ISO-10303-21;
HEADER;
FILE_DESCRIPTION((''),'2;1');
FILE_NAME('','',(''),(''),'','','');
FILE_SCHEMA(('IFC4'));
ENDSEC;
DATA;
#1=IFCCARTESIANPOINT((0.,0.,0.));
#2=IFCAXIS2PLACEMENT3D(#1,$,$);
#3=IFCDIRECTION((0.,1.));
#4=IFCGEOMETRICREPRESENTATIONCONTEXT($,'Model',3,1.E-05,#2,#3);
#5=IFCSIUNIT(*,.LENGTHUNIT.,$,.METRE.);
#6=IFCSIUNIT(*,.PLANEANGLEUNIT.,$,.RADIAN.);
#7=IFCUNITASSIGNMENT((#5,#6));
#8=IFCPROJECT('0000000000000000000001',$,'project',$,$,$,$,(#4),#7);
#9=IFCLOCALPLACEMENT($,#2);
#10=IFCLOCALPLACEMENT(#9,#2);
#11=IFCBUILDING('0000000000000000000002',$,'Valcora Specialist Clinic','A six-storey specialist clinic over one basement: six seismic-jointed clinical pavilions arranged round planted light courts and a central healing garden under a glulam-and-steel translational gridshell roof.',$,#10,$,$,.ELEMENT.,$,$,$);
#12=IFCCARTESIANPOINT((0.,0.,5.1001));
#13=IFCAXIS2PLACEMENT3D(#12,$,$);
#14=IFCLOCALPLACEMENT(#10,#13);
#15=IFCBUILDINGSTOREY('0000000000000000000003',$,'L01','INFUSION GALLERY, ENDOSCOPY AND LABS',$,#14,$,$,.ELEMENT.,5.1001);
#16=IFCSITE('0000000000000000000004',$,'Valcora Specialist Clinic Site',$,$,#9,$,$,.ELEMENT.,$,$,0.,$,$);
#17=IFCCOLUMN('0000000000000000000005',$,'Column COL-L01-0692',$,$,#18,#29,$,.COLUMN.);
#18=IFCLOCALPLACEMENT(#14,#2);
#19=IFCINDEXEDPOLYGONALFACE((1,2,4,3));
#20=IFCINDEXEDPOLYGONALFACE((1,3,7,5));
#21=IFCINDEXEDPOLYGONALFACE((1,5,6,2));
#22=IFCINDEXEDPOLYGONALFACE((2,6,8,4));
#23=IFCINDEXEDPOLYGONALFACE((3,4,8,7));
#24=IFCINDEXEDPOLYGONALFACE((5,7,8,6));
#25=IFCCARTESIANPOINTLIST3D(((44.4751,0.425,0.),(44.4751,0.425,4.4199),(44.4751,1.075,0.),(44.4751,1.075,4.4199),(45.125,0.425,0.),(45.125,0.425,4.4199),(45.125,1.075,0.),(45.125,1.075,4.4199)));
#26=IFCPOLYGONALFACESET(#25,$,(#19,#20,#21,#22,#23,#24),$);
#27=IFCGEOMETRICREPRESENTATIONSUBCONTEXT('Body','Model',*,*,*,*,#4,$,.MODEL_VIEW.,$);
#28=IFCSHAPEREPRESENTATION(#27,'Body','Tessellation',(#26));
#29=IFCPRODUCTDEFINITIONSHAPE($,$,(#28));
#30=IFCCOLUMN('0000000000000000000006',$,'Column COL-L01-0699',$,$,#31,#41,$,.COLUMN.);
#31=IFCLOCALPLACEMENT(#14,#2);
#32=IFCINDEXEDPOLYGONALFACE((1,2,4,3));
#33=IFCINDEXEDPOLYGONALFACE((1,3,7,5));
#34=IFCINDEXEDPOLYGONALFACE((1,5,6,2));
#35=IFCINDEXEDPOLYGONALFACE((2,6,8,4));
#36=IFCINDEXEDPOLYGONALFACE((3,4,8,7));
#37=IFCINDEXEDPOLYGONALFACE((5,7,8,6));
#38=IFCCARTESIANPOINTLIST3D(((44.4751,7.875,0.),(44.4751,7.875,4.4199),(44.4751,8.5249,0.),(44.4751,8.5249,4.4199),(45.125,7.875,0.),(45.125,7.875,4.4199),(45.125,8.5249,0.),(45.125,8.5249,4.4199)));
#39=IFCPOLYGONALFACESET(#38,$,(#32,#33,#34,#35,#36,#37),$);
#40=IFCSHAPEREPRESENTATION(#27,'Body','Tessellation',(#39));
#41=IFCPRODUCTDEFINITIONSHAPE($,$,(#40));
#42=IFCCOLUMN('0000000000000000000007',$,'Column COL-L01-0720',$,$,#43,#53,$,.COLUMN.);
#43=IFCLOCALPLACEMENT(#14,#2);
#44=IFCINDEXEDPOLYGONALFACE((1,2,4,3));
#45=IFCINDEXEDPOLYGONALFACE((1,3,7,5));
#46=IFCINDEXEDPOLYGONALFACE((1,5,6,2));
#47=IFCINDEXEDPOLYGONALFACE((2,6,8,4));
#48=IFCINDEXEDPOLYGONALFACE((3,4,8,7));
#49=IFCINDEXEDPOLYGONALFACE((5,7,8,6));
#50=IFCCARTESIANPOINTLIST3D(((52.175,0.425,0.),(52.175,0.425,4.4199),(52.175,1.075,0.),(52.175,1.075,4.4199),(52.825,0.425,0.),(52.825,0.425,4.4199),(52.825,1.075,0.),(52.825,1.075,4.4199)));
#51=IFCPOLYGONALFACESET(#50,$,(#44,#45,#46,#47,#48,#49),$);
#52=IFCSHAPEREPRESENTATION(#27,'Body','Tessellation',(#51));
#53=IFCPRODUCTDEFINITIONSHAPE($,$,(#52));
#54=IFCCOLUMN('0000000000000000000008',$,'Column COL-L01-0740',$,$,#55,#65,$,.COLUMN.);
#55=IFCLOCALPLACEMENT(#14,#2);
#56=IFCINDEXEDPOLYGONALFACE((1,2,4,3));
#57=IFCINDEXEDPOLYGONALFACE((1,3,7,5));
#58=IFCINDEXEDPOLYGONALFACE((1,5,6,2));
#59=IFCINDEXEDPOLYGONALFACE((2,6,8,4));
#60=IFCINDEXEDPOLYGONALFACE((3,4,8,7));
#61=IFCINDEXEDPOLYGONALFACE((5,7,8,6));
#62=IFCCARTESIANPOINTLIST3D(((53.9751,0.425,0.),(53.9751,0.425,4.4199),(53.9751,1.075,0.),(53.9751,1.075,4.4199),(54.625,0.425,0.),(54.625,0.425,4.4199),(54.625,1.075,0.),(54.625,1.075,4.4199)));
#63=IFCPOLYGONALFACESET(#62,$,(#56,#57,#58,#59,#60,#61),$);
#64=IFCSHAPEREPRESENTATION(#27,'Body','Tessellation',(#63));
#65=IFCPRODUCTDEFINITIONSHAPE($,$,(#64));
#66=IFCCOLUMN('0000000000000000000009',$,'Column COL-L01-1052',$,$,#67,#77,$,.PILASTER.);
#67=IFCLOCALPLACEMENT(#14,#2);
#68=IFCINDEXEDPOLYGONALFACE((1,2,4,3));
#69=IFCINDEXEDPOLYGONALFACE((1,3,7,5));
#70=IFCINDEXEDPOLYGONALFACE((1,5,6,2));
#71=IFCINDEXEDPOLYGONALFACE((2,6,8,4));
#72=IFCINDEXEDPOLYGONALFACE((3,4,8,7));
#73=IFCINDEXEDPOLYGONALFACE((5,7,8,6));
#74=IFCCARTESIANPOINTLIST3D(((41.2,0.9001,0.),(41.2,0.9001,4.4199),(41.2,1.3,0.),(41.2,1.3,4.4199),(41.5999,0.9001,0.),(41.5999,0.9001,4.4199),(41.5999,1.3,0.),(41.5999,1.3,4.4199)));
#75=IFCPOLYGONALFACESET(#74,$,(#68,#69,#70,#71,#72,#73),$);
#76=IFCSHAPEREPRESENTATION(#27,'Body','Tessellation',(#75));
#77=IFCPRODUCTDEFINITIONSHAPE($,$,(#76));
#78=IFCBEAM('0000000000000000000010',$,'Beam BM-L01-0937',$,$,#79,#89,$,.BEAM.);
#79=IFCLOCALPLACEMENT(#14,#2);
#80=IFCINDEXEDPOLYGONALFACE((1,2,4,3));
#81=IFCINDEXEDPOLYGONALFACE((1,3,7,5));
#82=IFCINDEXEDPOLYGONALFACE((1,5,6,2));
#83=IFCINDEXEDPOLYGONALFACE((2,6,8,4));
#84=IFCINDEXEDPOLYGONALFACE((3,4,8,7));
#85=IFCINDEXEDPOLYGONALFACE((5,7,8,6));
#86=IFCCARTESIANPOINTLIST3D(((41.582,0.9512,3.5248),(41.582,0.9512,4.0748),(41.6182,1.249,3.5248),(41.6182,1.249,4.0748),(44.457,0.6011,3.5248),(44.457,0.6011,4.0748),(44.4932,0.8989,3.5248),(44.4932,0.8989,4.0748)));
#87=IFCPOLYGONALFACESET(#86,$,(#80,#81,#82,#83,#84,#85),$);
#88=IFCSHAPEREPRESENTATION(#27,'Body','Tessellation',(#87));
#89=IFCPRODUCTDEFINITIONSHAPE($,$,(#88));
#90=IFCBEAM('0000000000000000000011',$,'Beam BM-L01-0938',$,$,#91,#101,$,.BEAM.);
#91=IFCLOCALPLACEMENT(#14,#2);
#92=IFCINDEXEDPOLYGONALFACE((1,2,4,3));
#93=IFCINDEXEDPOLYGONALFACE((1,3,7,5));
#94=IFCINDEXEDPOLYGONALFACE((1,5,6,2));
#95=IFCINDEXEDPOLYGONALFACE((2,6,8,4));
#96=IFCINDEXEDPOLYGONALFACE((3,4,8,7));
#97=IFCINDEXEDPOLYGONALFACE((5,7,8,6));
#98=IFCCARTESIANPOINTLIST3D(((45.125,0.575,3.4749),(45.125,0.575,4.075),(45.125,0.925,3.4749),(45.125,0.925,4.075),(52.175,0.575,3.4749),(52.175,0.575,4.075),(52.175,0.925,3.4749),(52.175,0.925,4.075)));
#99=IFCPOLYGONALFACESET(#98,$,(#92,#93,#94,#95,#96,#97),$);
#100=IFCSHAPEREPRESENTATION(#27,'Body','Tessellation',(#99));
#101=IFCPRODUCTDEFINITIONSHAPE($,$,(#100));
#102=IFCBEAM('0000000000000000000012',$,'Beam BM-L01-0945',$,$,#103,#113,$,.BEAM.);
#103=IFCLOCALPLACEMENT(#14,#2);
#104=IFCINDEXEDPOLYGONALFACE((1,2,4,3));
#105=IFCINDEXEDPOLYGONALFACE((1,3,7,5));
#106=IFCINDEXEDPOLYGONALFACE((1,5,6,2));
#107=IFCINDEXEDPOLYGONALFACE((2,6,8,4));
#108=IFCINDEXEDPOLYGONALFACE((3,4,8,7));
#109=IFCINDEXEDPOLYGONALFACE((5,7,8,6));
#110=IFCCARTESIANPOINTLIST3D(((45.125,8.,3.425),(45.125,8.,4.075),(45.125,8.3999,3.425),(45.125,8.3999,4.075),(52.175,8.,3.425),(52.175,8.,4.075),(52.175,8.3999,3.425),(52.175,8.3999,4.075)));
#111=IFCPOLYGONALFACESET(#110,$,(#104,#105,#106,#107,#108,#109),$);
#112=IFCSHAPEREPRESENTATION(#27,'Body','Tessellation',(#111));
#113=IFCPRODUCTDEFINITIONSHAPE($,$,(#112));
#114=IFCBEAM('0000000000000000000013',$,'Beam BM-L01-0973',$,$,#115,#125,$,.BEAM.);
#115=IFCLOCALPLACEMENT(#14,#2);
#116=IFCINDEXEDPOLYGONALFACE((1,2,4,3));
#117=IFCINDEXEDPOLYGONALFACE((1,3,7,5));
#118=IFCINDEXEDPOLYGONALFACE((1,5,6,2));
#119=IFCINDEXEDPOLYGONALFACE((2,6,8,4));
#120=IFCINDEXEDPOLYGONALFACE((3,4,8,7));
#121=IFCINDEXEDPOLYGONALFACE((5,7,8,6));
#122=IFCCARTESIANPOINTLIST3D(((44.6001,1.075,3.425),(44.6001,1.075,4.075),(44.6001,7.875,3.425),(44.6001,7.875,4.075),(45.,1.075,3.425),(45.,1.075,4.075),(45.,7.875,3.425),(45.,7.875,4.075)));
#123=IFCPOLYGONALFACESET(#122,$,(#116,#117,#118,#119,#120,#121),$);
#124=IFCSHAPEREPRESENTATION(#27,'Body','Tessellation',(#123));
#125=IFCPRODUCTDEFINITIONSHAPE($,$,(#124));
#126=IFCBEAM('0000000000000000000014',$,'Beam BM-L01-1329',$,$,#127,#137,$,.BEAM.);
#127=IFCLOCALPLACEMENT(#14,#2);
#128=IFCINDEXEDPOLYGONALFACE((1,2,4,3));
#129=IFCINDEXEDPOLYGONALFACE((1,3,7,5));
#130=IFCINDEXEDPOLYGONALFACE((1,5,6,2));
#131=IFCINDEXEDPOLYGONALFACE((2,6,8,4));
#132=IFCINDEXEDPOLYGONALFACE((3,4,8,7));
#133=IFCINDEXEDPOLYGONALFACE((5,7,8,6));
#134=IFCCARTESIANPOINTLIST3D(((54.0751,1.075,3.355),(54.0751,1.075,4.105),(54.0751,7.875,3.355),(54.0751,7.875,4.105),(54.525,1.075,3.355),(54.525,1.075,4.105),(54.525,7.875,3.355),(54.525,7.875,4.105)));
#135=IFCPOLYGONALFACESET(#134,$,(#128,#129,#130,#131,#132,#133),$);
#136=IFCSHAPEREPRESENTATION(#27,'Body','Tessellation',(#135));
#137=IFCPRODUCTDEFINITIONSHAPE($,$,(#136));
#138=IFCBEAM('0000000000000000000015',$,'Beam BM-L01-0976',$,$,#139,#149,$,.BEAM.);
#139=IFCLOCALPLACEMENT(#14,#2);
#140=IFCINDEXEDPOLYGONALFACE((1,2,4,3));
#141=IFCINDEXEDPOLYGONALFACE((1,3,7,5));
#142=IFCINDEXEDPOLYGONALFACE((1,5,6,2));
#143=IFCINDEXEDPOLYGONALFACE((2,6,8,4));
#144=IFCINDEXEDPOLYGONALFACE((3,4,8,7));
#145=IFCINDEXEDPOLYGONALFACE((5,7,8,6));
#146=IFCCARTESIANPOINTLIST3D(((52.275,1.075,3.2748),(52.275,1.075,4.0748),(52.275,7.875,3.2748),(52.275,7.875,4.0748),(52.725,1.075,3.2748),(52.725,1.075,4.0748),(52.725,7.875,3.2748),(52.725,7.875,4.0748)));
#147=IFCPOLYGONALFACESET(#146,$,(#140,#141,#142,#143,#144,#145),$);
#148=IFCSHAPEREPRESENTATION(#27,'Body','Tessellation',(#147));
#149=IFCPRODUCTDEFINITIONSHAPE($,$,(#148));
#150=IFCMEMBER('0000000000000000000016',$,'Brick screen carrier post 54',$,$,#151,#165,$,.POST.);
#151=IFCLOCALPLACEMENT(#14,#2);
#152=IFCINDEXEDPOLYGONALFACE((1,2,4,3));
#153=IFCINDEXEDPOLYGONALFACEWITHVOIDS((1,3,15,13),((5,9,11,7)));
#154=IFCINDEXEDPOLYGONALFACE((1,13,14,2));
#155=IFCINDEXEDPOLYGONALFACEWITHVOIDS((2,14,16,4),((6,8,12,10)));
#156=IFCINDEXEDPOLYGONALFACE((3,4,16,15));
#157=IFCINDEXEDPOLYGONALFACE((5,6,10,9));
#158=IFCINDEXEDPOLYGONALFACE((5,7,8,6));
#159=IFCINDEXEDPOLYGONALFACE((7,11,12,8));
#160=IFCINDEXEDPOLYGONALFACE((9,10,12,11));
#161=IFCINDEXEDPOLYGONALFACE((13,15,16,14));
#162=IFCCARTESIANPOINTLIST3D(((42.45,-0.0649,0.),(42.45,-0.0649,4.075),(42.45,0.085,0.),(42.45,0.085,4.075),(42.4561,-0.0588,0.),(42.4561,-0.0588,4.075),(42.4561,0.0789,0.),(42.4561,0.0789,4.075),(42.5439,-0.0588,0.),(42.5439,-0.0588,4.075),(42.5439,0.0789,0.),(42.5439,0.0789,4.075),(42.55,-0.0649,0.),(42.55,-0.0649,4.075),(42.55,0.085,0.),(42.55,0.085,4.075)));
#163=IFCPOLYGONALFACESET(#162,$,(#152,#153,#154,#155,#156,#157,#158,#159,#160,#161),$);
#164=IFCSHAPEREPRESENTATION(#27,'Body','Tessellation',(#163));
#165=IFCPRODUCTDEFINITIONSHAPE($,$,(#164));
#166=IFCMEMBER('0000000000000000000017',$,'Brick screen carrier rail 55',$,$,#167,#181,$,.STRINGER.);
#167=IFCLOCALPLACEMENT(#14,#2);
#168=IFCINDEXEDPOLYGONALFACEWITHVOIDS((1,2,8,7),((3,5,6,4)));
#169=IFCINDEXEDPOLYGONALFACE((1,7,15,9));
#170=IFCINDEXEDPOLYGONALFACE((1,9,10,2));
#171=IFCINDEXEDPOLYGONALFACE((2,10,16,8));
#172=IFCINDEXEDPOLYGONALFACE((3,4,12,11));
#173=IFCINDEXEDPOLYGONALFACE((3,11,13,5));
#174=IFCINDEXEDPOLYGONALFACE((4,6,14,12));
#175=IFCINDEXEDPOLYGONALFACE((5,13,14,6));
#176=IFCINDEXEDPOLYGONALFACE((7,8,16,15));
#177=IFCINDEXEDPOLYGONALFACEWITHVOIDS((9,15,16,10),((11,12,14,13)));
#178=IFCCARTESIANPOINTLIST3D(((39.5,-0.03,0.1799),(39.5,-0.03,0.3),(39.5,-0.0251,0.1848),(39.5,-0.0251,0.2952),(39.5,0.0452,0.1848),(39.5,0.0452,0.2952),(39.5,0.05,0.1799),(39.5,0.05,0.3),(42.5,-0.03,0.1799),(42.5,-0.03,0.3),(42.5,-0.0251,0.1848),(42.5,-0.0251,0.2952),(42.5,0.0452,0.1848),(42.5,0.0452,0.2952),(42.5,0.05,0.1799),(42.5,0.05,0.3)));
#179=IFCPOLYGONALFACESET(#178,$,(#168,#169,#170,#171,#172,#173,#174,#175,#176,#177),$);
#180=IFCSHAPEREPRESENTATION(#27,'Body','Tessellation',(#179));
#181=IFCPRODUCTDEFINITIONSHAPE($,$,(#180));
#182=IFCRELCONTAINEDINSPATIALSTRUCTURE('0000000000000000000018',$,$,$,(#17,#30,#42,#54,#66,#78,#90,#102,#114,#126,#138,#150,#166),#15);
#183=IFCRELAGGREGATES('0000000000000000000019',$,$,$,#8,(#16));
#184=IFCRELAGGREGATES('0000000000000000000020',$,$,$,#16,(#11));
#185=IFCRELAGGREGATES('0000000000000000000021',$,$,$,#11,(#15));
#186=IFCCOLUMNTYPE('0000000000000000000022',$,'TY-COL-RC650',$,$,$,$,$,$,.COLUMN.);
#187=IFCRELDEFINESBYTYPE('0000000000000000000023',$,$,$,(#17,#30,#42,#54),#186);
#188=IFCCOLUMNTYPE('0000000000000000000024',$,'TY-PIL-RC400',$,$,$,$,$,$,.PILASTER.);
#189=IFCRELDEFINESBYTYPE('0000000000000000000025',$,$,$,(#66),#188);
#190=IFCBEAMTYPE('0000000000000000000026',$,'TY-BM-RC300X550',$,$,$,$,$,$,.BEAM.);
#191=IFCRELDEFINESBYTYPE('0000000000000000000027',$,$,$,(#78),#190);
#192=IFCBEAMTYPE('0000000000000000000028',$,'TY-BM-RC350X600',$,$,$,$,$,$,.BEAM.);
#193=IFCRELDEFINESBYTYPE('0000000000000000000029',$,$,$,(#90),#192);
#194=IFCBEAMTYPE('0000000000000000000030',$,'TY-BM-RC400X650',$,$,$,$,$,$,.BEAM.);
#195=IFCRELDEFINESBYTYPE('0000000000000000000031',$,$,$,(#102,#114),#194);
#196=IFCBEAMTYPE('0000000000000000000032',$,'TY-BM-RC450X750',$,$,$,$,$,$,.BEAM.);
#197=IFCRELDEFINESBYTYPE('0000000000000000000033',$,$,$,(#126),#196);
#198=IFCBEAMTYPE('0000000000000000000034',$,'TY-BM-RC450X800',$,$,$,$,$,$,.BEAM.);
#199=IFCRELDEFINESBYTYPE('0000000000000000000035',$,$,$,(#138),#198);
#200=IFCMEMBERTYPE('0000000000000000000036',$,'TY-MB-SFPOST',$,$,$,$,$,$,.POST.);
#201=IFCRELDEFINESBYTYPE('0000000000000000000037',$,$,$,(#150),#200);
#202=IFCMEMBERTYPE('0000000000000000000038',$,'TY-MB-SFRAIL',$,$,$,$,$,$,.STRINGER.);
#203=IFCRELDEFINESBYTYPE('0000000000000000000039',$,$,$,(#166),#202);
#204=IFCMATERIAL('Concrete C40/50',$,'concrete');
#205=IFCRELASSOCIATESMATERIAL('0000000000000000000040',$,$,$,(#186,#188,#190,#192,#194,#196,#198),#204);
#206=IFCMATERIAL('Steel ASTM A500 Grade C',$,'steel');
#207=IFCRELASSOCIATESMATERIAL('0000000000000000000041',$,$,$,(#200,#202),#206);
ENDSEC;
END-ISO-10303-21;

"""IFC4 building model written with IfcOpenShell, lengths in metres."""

from ifc_helpers import new_model, si_unit, direction, frame, origin, origin_2d, place, context, subcontext, project, spatial, rectangle, hollow_rectangle, extrude, material, material_profile, profile_set, type_object, element, save


model = new_model("IFC4")

# Units and contexts
model_context = context("Model", 3, precision=1e-05, world=origin(), true_north=direction((0.0, 1.0)))
body_context = subcontext(model_context, "Body", "Model", "MODEL_VIEW")
ifc_project = project(units=[si_unit("LENGTHUNIT", "METRE"), si_unit("PLANEANGLEUNIT", "RADIAN")], contexts=[model_context])

# Site, building, storey
site_placement = place(None, origin())
site = spatial("IfcSite", under=ifc_project, at=site_placement, Name="Valcora Specialist Clinic Site", CompositionType="ELEMENT", RefElevation=0.0)
building_placement = place(site_placement, origin())
building = spatial("IfcBuilding", under=site, at=building_placement, Name="Valcora Specialist Clinic", Description="A six-storey specialist clinic over one basement: six seismic-jointed clinical pavilions arranged round planted light courts and a central healing garden under a glulam-and-steel translational gridshell roof.", CompositionType="ELEMENT")
storey_placement = place(building_placement, frame((0.0, 0.0, 5.1001)))
storey = spatial("IfcBuildingStorey", under=building, at=storey_placement, Name="L01", Description="INFUSION GALLERY, ENDOSCOPY AND LABS", CompositionType="ELEMENT", Elevation=5.1001)

# Columns
ifc_material_1 = material(Name="Concrete C40/50", Category="concrete")
ifc_material_profile_1 = material_profile(ifc_material_1, rectangle(XDim=0.6499, YDim=0.6499, at=origin_2d()), Name="RC-COL-650X650")
ifc_profile_set_1 = profile_set([ifc_material_profile_1], Name="Concrete C40/50")
column_type_1 = type_object("IfcColumnType", Name="TY-COL-RC650", PredefinedType="COLUMN", material=ifc_profile_set_1)
for number, where, z_axis, x_axis, name in (
    (1, (44.8, 0.75, 0.0), (0.0, 0.0, 1.0), (1.0, 0.0, 0.0), "Column COL-L01-0692"),
    (2, (44.8, 8.2, 0.0), (0.0, 0.0, 1.0), (1.0, 0.0, 0.0), "Column COL-L01-0699"),
    (3, (52.5, 0.75, 0.0), (0.0, 0.0, 1.0), (1.0, 0.0, 0.0), "Column COL-L01-0720"),
    (4, (54.3, 0.75, 0.0), (0.0, 0.0, 1.0), (1.0, 0.0, 0.0), "Column COL-L01-0740"),
):
    element("IfcColumn", number, at=place(storey_placement, frame(where, z_axis=z_axis, x_axis=x_axis)), inside=storey, type_object=column_type_1, Name=name, PredefinedType="COLUMN", context=body_context, shape_type="SweptSolid", body=[
        extrude(rectangle(XDim=0.6499, YDim=0.6499, at=origin_2d()), origin(), (0.0, 0.0, 1.0), 4.4199),
    ])
ifc_material_profile_2 = material_profile(ifc_material_1, rectangle(XDim=0.3999, YDim=0.3999, at=origin_2d()), Name="RC-COL-400X400")
ifc_profile_set_2 = profile_set([ifc_material_profile_2], Name="Concrete C40/50")
column_type_2 = type_object("IfcColumnType", Name="TY-PIL-RC400", PredefinedType="PILASTER", material=ifc_profile_set_2)
column_placement = place(storey_placement, frame((41.3999, 1.1001, 0.0), z_axis=(0.0, 0.0, 1.0), x_axis=(1.0, 0.0, 0.0)))
element("IfcColumn", 5, at=column_placement, inside=storey, type_object=column_type_2, Name="Column COL-L01-1052", PredefinedType="PILASTER", context=body_context, shape_type="SweptSolid", body=[
    extrude(rectangle(XDim=0.3999, YDim=0.3999, at=origin_2d()), origin(), (0.0, 0.0, 1.0), 4.4199),
])

# Beams
ifc_material_profile_3 = material_profile(ifc_material_1, rectangle(XDim=0.3, YDim=0.55, at=origin_2d()), Name="RC-BM-300X550")
ifc_profile_set_3 = profile_set([ifc_material_profile_3], Name="Concrete C40/50")
beam_type_1 = type_object("IfcBeamType", Name="TY-BM-RC300X550", PredefinedType="BEAM", material=ifc_profile_set_3)
beam_1_placement = place(storey_placement, frame((41.6001, 1.1001, 3.7998), z_axis=(0.992667, -0.12088, 0.0), x_axis=(0.12088, 0.992667, 0.0)))
element("IfcBeam", 6, at=beam_1_placement, inside=storey, type_object=beam_type_1, Name="Beam BM-L01-0937", PredefinedType="BEAM", context=body_context, shape_type="SweptSolid", body=[
    extrude(rectangle(XDim=0.3, YDim=0.55, at=origin_2d()), origin(), (0.0, 0.0, 1.0), 2.8962),
])
ifc_material_profile_4 = material_profile(ifc_material_1, rectangle(XDim=0.3501, YDim=0.6001, at=origin_2d()), Name="RC-BM-350X600")
ifc_profile_set_4 = profile_set([ifc_material_profile_4], Name="Concrete C40/50")
beam_type_2 = type_object("IfcBeamType", Name="TY-BM-RC350X600", PredefinedType="BEAM", material=ifc_profile_set_4)
beam_2_placement = place(storey_placement, frame((45.125, 0.75, 3.7749), z_axis=(1.0, 0.0, 0.0), x_axis=(0.0, 1.0, 0.0)))
element("IfcBeam", 7, at=beam_2_placement, inside=storey, type_object=beam_type_2, Name="Beam BM-L01-0938", PredefinedType="BEAM", context=body_context, shape_type="SweptSolid", body=[
    extrude(rectangle(XDim=0.3501, YDim=0.6001, at=origin_2d()), origin(), (0.0, 0.0, 1.0), 7.05),
])
ifc_material_profile_5 = material_profile(ifc_material_1, rectangle(XDim=0.3999, YDim=0.6499, at=origin_2d()), Name="RC-BM-400X650")
ifc_profile_set_5 = profile_set([ifc_material_profile_5], Name="Concrete C40/50")
beam_type_3 = type_object("IfcBeamType", Name="TY-BM-RC400X650", PredefinedType="BEAM", material=ifc_profile_set_5)
beam_3_placement = place(storey_placement, frame((45.125, 8.2, 3.75), z_axis=(1.0, 0.0, 0.0), x_axis=(0.0, 1.0, 0.0)))
element("IfcBeam", 8, at=beam_3_placement, inside=storey, type_object=beam_type_3, Name="Beam BM-L01-0945", PredefinedType="BEAM", context=body_context, shape_type="SweptSolid", body=[
    extrude(rectangle(XDim=0.3999, YDim=0.6499, at=origin_2d()), origin(), (0.0, 0.0, 1.0), 7.05),
])
beam_4_placement = place(storey_placement, frame((44.8, 1.075, 3.75), z_axis=(0.0, 1.0, 0.0), x_axis=(-1.0, 0.0, 0.0)))
element("IfcBeam", 9, at=beam_4_placement, inside=storey, type_object=beam_type_3, Name="Beam BM-L01-0973", PredefinedType="BEAM", context=body_context, shape_type="SweptSolid", body=[
    extrude(rectangle(XDim=0.3999, YDim=0.6499, at=origin_2d()), origin(), (0.0, 0.0, 1.0), 6.8),
])
ifc_material_profile_6 = material_profile(ifc_material_1, rectangle(XDim=0.45, YDim=0.75, at=origin_2d()), Name="RC-BM-450X750")
ifc_profile_set_6 = profile_set([ifc_material_profile_6], Name="Concrete C40/50")
beam_type_4 = type_object("IfcBeamType", Name="TY-BM-RC450X750", PredefinedType="BEAM", material=ifc_profile_set_6)
beam_5_placement = place(storey_placement, frame((54.3, 1.075, 3.73), z_axis=(0.0, 1.0, 0.0), x_axis=(-1.0, 0.0, 0.0)))
element("IfcBeam", 10, at=beam_5_placement, inside=storey, type_object=beam_type_4, Name="Beam BM-L01-1329", PredefinedType="BEAM", context=body_context, shape_type="SweptSolid", body=[
    extrude(rectangle(XDim=0.45, YDim=0.75, at=origin_2d()), origin(), (0.0, 0.0, 1.0), 6.8),
])
ifc_material_profile_7 = material_profile(ifc_material_1, rectangle(XDim=0.45, YDim=0.8, at=origin_2d()), Name="RC-BM-450X800")
ifc_profile_set_7 = profile_set([ifc_material_profile_7], Name="Concrete C40/50")
beam_type_5 = type_object("IfcBeamType", Name="TY-BM-RC450X800", PredefinedType="BEAM", material=ifc_profile_set_7)
beam_6_placement = place(storey_placement, frame((52.5, 1.075, 3.6748), z_axis=(0.0, 1.0, 0.0), x_axis=(-1.0, 0.0, 0.0)))
element("IfcBeam", 11, at=beam_6_placement, inside=storey, type_object=beam_type_5, Name="Beam BM-L01-0976", PredefinedType="BEAM", context=body_context, shape_type="SweptSolid", body=[
    extrude(rectangle(XDim=0.45, YDim=0.8, at=origin_2d()), origin(), (0.0, 0.0, 1.0), 6.8),
])

# Members
ifc_material_2 = material(Name="Steel ASTM A500 Grade C", Category="steel")
ifc_material_profile_8 = material_profile(ifc_material_2, hollow_rectangle(XDim=0.1001, YDim=0.1499, WallThickness=0.0061, at=origin_2d()), Name="ST-RHS-150X100X6")
ifc_profile_set_8 = profile_set([ifc_material_profile_8], Name="Steel ASTM A500 Grade C")
member_type_1 = type_object("IfcMemberType", Name="TY-MB-SFPOST", PredefinedType="POST", material=ifc_profile_set_8)
member_placement = place(storey_placement, frame((42.5, 0.01, 0.0), z_axis=(0.0, 0.0, 1.0), x_axis=(1.0, 0.0, 0.0)))
element("IfcMember", 12, at=member_placement, inside=storey, type_object=member_type_1, Name="Brick screen carrier post 54", PredefinedType="POST", context=body_context, shape_type="SweptSolid", body=[
    extrude(hollow_rectangle(XDim=0.1001, YDim=0.1499, WallThickness=0.0061, at=origin_2d()), origin(), (0.0, 0.0, 1.0), 4.075),
])
ifc_material_profile_9 = material_profile(ifc_material_2, hollow_rectangle(XDim=0.0801, YDim=0.1201, WallThickness=0.0049, at=origin_2d()), Name="ST-RHS-120X80X5")
ifc_profile_set_9 = profile_set([ifc_material_profile_9], Name="Steel ASTM A500 Grade C")
member_type_2 = type_object("IfcMemberType", Name="TY-MB-SFRAIL", PredefinedType="STRINGER", material=ifc_profile_set_9)
for number, where, z_axis, x_axis, name in (
    (13, (39.5, 0.01, 0.24), (1.0, 0.0, 0.0), (0.0, 1.0, 0.0), "Brick screen carrier rail 55"),
):
    element("IfcMember", number, at=place(storey_placement, frame(where, z_axis=z_axis, x_axis=x_axis)), inside=storey, type_object=member_type_2, Name=name, PredefinedType="STRINGER", context=body_context, shape_type="SweptSolid", body=[
        extrude(hollow_rectangle(XDim=0.0801, YDim=0.1201, WallThickness=0.0049, at=origin_2d()), origin(), (0.0, 0.0, 1.0), 3.0),
    ])

save(model, "model.ifc")
